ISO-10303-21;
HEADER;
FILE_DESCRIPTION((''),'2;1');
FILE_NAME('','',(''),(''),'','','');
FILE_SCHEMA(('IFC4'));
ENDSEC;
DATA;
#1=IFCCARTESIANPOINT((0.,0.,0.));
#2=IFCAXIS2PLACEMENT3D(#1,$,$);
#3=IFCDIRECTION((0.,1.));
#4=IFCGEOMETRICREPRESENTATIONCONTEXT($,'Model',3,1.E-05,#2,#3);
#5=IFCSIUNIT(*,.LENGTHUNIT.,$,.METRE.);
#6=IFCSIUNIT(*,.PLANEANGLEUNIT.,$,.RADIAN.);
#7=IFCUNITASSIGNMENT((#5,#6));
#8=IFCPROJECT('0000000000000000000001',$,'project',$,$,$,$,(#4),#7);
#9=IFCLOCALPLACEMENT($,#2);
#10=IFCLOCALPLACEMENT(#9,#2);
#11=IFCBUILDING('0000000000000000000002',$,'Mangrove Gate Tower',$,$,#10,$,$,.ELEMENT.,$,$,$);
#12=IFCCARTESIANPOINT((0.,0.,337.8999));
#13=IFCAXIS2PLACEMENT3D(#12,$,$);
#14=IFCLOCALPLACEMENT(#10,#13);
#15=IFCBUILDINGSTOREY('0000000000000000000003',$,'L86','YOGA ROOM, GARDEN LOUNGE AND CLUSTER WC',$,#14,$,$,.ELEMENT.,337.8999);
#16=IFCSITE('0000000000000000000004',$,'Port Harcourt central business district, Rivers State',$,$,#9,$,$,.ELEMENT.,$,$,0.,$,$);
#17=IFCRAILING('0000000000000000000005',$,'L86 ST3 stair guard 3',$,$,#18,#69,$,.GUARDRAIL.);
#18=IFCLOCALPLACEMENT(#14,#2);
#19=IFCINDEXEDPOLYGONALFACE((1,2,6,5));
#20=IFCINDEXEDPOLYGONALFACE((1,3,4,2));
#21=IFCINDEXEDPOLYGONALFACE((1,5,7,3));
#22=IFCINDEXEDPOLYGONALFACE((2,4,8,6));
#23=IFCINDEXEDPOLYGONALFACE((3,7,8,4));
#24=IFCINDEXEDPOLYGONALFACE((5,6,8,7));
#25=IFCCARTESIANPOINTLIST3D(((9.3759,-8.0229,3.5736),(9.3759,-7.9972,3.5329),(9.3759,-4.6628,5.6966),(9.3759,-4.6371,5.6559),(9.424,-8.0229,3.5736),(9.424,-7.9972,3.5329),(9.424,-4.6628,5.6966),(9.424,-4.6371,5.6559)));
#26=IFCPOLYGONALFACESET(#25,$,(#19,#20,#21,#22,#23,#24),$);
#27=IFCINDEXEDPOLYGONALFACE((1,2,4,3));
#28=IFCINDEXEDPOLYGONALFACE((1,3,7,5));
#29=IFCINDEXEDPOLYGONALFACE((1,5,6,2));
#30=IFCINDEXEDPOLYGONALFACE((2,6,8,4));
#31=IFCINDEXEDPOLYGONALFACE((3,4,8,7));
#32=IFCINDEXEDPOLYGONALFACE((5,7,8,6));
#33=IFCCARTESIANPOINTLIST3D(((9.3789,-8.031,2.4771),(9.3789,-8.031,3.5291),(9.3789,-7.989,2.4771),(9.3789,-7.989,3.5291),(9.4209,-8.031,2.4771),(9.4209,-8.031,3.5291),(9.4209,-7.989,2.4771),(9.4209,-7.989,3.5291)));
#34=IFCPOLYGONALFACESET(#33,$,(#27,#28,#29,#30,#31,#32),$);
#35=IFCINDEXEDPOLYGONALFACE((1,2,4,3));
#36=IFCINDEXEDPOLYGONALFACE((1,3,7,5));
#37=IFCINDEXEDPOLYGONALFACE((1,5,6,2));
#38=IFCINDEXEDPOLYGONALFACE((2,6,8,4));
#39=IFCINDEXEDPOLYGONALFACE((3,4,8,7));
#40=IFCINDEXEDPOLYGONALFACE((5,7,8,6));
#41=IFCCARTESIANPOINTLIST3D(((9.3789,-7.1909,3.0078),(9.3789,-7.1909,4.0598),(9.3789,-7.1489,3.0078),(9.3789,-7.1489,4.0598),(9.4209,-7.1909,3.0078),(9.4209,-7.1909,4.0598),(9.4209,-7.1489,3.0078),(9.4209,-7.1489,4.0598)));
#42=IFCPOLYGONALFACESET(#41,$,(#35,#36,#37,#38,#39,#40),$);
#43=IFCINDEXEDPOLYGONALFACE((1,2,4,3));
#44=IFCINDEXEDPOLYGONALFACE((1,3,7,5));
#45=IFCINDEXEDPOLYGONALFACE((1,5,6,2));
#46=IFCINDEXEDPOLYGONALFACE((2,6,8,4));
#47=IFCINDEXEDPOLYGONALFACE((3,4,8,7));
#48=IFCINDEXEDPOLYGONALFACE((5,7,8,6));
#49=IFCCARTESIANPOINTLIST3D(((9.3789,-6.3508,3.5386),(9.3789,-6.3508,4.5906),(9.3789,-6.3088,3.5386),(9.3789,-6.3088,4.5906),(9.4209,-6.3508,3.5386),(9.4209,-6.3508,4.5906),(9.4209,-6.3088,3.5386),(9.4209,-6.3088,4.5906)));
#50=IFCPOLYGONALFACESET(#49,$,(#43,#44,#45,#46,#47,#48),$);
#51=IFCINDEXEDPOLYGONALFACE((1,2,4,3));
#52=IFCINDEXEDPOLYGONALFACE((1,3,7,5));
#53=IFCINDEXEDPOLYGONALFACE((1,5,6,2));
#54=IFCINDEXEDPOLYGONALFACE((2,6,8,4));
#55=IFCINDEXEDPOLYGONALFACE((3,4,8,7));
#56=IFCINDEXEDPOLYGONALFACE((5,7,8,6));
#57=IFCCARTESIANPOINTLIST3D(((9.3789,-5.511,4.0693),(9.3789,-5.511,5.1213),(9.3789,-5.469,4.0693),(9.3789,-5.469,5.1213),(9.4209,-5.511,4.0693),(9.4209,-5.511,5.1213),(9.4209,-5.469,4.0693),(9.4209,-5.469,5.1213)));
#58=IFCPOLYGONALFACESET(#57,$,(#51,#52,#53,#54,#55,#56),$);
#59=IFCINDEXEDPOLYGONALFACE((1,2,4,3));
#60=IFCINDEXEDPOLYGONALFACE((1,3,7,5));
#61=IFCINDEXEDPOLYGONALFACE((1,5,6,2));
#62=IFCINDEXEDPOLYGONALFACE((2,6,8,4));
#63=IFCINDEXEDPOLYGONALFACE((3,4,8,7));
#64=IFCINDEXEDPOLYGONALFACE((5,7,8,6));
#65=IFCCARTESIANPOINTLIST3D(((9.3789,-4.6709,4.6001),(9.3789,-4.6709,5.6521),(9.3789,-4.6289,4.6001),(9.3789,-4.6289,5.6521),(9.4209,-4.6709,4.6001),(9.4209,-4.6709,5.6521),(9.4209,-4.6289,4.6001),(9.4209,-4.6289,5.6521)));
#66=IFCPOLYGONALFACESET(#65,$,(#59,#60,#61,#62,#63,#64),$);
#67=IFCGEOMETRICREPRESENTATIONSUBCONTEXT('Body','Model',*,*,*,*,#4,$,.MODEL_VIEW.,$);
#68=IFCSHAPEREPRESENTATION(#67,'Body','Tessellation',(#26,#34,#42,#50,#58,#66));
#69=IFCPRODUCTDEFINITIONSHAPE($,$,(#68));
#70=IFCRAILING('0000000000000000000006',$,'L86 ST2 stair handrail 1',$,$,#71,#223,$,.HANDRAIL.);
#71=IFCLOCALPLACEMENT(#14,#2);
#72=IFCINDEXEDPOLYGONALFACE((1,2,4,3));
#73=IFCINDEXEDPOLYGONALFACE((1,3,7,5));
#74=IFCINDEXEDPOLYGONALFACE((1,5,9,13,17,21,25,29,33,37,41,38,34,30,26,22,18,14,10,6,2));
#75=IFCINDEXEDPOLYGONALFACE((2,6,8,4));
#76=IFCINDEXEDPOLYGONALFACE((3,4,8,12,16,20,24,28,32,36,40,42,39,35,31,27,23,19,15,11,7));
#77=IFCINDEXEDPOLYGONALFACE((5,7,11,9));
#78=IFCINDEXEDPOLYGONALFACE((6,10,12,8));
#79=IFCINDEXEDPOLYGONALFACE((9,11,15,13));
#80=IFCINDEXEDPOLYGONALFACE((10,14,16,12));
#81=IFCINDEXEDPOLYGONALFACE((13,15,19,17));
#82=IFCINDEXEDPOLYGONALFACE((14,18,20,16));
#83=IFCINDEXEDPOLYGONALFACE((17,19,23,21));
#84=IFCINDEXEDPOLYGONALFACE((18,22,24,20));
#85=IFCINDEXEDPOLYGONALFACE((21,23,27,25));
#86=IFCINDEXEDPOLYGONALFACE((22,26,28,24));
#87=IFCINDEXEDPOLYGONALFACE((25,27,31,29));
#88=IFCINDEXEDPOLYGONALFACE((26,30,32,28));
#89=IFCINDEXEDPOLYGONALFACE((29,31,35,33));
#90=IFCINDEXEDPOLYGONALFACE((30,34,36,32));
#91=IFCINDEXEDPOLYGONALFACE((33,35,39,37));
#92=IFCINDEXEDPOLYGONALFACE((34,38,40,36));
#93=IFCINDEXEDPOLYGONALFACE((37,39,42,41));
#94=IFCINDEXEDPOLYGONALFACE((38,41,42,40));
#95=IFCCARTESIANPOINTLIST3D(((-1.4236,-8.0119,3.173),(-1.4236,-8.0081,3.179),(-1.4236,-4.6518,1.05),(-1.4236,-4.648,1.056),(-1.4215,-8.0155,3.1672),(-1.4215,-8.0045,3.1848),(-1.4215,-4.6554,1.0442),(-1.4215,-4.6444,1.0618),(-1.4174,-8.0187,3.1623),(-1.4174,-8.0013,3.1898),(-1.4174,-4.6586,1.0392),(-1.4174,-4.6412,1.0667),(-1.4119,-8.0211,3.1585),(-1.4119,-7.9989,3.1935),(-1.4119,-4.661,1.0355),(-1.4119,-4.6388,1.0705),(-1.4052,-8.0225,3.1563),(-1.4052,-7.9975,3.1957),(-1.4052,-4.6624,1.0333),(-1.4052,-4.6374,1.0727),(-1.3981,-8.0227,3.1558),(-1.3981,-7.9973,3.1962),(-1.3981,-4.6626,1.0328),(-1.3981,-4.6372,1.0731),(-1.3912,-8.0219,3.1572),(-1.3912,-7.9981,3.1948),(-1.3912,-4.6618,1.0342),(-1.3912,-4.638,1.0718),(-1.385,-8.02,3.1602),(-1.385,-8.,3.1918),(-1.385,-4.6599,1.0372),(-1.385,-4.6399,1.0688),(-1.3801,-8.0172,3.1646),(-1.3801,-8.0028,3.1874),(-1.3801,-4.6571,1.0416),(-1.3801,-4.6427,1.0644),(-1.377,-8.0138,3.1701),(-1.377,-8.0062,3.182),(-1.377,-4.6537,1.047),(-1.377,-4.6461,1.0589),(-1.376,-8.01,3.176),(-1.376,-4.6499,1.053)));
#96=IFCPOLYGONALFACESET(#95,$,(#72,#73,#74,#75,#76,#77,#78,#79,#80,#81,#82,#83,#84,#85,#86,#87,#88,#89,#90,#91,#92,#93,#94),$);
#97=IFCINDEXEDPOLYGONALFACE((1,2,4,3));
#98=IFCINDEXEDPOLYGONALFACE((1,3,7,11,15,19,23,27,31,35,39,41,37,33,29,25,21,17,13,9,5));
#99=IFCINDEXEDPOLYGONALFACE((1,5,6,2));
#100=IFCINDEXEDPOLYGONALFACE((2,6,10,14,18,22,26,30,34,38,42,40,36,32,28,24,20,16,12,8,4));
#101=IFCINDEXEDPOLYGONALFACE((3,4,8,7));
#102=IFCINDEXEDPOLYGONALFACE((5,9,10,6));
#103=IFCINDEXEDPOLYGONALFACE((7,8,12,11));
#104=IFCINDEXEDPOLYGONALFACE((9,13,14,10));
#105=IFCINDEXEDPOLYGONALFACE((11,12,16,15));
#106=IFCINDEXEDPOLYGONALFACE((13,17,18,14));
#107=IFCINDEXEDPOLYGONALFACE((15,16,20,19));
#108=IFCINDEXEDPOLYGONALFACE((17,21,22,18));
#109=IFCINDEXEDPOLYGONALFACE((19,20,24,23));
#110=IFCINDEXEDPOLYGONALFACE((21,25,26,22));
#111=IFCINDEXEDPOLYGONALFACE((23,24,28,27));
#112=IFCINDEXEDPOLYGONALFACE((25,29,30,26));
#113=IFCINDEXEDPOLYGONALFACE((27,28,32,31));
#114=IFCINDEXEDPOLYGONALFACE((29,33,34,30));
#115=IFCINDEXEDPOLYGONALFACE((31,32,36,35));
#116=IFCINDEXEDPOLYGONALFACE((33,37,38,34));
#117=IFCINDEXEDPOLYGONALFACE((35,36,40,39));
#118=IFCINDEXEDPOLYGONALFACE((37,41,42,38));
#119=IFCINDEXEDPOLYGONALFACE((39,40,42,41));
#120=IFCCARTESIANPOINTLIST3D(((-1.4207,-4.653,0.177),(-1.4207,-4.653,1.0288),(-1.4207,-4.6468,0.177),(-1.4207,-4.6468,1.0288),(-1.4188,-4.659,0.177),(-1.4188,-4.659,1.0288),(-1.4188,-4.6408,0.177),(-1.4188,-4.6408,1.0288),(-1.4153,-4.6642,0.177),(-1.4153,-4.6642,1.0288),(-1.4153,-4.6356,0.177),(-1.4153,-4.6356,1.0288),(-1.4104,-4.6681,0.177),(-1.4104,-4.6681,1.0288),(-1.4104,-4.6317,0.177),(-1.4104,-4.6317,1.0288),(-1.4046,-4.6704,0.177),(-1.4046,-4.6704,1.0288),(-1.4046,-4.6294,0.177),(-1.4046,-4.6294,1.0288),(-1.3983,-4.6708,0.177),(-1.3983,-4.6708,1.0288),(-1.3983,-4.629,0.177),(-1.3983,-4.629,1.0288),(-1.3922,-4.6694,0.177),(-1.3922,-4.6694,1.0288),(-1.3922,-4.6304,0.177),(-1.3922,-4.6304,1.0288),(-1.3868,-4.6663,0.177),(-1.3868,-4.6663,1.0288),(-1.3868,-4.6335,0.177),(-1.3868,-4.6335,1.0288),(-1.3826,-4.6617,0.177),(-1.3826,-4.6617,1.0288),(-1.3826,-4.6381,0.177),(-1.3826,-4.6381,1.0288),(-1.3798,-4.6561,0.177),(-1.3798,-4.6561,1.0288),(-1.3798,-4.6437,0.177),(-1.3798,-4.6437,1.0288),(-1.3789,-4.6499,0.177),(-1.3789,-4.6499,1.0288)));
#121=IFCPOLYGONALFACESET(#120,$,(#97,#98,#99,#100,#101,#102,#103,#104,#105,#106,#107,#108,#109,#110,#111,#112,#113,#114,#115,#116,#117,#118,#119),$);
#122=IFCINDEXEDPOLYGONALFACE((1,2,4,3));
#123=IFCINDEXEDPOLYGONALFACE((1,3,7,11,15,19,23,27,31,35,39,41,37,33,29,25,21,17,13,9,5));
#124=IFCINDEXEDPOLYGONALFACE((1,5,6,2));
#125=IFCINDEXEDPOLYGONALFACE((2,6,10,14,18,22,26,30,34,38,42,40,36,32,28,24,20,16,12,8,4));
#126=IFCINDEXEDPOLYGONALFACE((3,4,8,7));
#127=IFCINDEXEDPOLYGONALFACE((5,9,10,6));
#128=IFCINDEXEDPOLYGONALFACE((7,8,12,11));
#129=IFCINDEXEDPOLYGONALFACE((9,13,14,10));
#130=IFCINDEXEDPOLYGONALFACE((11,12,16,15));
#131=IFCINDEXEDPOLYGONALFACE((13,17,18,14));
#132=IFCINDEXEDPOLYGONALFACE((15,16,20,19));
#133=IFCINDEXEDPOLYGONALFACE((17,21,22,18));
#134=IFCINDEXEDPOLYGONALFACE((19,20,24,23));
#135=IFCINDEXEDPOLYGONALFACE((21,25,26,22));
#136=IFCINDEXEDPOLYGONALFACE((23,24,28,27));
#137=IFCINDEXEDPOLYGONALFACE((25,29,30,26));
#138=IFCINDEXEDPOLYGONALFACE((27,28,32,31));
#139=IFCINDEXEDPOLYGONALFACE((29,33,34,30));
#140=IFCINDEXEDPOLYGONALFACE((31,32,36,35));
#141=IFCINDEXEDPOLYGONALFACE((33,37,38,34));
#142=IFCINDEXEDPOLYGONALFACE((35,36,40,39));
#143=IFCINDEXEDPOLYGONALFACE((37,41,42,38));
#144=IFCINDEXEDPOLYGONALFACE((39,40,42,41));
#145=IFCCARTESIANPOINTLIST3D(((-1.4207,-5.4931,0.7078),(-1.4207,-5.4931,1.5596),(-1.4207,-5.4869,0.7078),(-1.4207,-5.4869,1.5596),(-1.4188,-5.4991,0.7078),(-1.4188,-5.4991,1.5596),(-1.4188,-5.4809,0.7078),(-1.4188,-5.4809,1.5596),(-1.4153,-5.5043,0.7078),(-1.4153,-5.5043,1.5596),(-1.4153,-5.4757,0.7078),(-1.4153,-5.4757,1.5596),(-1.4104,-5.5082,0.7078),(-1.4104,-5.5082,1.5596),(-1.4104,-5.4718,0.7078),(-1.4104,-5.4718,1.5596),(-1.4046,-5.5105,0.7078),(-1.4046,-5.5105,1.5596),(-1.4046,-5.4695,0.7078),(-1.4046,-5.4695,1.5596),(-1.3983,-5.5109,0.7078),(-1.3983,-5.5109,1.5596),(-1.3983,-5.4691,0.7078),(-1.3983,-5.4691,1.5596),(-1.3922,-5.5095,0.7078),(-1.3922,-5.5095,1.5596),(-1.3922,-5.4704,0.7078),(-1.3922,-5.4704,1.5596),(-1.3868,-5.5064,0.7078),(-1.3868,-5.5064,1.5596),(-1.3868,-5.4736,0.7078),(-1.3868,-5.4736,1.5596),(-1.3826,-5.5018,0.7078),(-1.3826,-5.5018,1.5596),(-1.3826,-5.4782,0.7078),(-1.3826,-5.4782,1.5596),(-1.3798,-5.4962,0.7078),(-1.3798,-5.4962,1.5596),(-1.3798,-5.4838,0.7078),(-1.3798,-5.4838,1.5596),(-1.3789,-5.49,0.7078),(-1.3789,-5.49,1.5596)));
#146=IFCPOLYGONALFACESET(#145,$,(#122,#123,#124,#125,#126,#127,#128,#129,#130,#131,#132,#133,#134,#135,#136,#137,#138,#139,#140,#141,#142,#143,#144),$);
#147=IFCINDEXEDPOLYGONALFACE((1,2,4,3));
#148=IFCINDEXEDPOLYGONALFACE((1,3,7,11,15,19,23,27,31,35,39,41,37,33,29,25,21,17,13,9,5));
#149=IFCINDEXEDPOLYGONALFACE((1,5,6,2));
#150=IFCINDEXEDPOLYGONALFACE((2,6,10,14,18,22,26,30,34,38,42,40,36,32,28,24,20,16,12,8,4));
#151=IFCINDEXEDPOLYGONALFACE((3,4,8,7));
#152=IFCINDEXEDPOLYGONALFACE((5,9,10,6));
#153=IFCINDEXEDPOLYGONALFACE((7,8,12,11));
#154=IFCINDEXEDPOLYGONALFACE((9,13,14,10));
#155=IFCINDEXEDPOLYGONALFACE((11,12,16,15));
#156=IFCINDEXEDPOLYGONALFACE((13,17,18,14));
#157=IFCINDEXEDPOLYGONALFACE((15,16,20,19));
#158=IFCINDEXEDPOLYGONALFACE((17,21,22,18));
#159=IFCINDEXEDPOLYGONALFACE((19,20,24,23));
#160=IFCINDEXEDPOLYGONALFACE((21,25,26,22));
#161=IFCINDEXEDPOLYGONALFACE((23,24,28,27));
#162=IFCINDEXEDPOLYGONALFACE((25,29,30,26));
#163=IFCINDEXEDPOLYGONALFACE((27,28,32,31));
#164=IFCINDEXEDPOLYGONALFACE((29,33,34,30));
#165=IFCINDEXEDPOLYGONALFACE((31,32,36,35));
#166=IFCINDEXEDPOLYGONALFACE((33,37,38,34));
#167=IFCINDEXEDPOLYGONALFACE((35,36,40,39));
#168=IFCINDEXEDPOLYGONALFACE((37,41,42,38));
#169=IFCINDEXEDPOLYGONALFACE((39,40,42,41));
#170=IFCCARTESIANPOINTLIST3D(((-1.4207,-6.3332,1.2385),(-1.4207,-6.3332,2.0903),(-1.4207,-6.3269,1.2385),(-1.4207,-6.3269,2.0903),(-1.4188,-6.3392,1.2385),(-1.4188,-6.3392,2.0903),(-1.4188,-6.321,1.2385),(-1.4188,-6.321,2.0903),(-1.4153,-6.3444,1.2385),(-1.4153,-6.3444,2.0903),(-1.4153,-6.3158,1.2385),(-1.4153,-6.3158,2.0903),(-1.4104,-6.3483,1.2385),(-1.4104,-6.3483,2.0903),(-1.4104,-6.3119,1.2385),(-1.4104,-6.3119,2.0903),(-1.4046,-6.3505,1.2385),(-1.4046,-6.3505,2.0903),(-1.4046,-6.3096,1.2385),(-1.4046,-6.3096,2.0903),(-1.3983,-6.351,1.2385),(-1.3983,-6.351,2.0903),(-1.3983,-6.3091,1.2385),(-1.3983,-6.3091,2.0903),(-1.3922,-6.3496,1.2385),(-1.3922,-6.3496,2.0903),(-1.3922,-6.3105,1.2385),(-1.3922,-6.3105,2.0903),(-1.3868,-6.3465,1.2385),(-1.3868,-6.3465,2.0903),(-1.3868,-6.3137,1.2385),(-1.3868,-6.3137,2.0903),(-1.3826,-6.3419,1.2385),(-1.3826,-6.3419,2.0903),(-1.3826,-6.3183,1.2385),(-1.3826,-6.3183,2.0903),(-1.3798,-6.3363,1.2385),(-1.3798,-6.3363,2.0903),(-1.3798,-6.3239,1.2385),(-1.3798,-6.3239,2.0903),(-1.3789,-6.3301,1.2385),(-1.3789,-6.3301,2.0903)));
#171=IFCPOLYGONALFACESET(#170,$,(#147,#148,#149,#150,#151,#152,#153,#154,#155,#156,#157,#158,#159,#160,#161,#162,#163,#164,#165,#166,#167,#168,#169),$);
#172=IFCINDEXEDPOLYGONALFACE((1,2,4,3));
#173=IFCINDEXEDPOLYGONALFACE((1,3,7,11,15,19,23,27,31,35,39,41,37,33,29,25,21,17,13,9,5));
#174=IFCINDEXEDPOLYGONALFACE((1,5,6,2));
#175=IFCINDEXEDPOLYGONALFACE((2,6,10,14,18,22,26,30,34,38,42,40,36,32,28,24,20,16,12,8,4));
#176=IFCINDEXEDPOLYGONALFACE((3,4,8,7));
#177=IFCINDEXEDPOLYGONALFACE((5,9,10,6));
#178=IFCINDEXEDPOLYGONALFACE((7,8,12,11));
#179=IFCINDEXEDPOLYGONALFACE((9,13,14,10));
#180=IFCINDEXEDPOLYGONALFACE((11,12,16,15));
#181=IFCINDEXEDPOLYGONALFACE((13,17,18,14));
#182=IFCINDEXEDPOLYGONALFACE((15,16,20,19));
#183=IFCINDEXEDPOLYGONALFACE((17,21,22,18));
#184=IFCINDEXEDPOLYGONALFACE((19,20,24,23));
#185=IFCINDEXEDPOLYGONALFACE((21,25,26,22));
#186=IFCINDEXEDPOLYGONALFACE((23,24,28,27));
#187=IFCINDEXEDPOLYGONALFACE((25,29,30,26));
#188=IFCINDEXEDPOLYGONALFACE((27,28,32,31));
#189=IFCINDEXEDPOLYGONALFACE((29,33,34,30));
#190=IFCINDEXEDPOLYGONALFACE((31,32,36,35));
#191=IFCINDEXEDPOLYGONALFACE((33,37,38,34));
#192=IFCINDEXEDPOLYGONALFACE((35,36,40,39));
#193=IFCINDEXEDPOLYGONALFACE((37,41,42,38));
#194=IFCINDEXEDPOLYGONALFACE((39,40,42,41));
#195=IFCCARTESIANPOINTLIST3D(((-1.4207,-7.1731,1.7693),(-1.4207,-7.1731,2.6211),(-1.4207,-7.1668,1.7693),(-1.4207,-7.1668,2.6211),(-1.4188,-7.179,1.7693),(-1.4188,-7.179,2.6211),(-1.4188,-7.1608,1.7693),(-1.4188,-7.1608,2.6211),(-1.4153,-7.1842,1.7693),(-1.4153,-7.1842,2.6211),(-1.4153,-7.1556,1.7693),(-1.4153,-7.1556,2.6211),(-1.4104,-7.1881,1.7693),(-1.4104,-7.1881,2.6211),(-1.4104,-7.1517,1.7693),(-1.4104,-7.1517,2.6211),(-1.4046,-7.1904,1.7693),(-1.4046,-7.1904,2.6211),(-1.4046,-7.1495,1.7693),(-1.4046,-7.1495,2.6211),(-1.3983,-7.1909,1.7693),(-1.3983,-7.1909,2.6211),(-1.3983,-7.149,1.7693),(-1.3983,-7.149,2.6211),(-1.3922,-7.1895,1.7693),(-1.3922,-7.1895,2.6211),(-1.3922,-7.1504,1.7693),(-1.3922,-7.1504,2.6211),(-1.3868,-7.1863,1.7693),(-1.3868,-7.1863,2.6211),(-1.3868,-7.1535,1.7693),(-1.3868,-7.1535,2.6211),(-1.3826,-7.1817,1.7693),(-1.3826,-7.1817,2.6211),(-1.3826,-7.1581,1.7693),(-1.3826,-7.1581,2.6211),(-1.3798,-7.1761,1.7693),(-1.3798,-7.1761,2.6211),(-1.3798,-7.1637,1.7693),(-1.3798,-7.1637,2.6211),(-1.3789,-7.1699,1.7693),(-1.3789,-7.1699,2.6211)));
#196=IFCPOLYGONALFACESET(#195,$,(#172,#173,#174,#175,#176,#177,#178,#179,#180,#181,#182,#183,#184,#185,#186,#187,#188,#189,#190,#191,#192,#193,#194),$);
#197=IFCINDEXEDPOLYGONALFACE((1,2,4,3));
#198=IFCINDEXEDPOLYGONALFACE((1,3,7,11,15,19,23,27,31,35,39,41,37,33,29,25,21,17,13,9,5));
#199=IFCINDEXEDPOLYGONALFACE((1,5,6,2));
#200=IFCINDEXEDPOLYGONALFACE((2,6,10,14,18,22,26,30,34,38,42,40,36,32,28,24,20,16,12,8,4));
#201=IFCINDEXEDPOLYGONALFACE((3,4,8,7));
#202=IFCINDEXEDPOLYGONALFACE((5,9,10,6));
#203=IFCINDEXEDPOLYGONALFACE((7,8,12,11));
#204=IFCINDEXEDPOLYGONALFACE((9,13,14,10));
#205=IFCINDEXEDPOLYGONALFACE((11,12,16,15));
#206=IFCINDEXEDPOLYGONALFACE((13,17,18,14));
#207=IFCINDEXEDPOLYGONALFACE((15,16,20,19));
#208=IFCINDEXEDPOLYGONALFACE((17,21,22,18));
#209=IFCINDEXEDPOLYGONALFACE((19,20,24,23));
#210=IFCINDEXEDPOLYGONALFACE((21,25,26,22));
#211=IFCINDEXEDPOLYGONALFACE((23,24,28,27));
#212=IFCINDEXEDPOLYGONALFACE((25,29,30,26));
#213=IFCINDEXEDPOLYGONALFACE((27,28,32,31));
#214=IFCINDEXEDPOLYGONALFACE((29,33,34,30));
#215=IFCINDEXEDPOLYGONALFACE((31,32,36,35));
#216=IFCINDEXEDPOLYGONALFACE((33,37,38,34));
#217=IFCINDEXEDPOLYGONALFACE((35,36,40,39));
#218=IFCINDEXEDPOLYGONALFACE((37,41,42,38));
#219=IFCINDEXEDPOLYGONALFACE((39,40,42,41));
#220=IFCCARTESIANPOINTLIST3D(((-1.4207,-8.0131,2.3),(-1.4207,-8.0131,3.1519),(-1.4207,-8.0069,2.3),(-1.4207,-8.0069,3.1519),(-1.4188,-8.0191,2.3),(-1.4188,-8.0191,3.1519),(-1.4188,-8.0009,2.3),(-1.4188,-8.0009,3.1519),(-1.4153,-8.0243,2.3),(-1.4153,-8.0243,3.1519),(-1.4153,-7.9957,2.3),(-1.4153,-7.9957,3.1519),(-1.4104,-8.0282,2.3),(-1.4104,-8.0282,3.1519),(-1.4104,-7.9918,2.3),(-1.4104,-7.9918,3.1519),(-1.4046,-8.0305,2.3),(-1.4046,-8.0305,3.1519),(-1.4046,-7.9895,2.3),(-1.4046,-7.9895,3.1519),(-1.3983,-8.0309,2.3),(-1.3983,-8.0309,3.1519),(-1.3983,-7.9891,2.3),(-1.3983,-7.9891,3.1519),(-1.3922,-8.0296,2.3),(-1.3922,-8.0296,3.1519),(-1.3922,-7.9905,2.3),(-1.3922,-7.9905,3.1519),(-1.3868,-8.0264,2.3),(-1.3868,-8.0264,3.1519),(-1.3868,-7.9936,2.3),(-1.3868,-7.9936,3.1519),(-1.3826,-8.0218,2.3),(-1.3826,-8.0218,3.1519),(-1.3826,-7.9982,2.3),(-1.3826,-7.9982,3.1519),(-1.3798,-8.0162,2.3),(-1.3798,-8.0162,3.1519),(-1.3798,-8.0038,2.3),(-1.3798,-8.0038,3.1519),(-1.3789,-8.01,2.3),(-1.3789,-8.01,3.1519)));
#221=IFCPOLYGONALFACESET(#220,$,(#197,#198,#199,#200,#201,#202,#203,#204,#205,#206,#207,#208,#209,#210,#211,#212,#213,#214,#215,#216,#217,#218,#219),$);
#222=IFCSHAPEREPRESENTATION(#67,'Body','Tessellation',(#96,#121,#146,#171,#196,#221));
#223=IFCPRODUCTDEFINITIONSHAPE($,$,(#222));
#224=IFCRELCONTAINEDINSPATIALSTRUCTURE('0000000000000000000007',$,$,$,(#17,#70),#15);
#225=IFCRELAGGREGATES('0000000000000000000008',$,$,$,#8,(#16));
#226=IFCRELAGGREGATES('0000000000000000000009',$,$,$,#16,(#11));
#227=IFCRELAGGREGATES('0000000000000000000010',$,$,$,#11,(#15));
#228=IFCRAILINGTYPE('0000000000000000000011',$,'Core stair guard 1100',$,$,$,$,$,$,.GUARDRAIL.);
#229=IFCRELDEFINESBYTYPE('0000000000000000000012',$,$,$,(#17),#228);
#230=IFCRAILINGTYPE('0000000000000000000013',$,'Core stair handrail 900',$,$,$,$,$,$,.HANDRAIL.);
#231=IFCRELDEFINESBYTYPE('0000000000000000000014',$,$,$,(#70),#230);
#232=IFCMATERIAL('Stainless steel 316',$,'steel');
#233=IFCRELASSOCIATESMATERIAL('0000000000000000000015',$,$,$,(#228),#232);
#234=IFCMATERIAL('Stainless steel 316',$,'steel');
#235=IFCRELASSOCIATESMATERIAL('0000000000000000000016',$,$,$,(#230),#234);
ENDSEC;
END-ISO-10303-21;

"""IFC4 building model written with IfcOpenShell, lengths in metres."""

from ifc_helpers import new_model, si_unit, direction, frame, origin, origin_2d, place, context, subcontext, project, spatial, rectangle, circle, extrude, material, type_object, element, save


model = new_model("IFC4")

# Units and contexts
model_context = context("Model", 3, precision=1e-05, world=origin(), true_north=direction((0.0, 1.0)))
body_context = subcontext(model_context, "Body", "Model", "MODEL_VIEW")
ifc_project = project(units=[si_unit("LENGTHUNIT", "METRE"), si_unit("PLANEANGLEUNIT", "RADIAN")], contexts=[model_context])

# Site, building, storey
site_placement = place(None, origin())
site = spatial("IfcSite", under=ifc_project, at=site_placement, Name="Port Harcourt central business district, Rivers State", CompositionType="ELEMENT", RefElevation=0.0)
building_placement = place(site_placement, origin())
building = spatial("IfcBuilding", under=site, at=building_placement, Name="Mangrove Gate Tower", CompositionType="ELEMENT")
storey_placement = place(building_placement, frame((0.0, 0.0, 337.8999)))
storey = spatial("IfcBuildingStorey", under=building, at=storey_placement, Name="L86", Description="YOGA ROOM, GARDEN LOUNGE AND CLUSTER WC", CompositionType="ELEMENT", Elevation=337.8999)

# Railings
ifc_material_1 = material(Name="Stainless steel 316", Category="steel")
railing_type_1 = type_object("IfcRailingType", Name="Core stair guard 1100", PredefinedType="GUARDRAIL", material=ifc_material_1)
railing_1_placement = place(storey_placement, frame((9.3999, -8.01, 2.4771)))
element("IfcRailing", 1, at=railing_1_placement, inside=storey, type_object=railing_type_1, Name="L86 ST3 stair guard 3", PredefinedType="GUARDRAIL", context=body_context, shape_type="SweptSolid", body=[
    extrude(rectangle(XDim=0.0481, YDim=0.0481, at=origin_2d()), frame((0.0, 0.0, 1.0762), z_axis=(0.0, 0.84539, 0.53415), x_axis=(-1.0, 0.0, 0.0)), (0.0, 0.0, 1.0), 3.9746),
    extrude(rectangle(XDim=0.042, YDim=0.042, at=origin_2d()), origin(), (0.0, 0.0, 1.0), 1.052),
    extrude(rectangle(XDim=0.042, YDim=0.042, at=origin_2d()), frame((0.0, 0.8401, 0.5308)), (0.0, 0.0, 1.0), 1.052),
    extrude(rectangle(XDim=0.042, YDim=0.042, at=origin_2d()), frame((0.0, 1.6802, 1.0615)), (0.0, 0.0, 1.0), 1.052),
    extrude(rectangle(XDim=0.042, YDim=0.042, at=origin_2d()), frame((0.0, 2.52, 1.5923)), (0.0, 0.0, 1.0), 1.052),
    extrude(rectangle(XDim=0.042, YDim=0.042, at=origin_2d()), frame((0.0, 3.3601, 2.123)), (0.0, 0.0, 1.0), 1.052),
])
ifc_material_2 = material(Name="Stainless steel 316", Category="steel")
railing_type_2 = type_object("IfcRailingType", Name="Core stair handrail 900", PredefinedType="HANDRAIL", material=ifc_material_2)
railing_2_placement = place(storey_placement, frame((-1.3999, -4.6499, 0.177)))
element("IfcRailing", 2, at=railing_2_placement, inside=storey, type_object=railing_type_2, Name="L86 ST2 stair handrail 1", PredefinedType="HANDRAIL", context=body_context, shape_type="SweptSolid", body=[
    extrude(circle(Radius=0.0239, at=origin_2d()), frame((0.0, 0.0, 0.876), z_axis=(0.0, -0.84539, 0.53415), x_axis=(1.0, 0.0, 0.0)), (0.0, 0.0, 1.0), 3.9746),
    extrude(circle(Radius=0.021, at=origin_2d()), origin(), (0.0, 0.0, 1.0), 0.8518),
    extrude(circle(Radius=0.021, at=origin_2d()), frame((0.0, -0.8401, 0.5308)), (0.0, 0.0, 1.0), 0.8518),
    extrude(circle(Radius=0.021, at=origin_2d()), frame((0.0, -1.6802, 1.0615)), (0.0, 0.0, 1.0), 0.8518),
    extrude(circle(Radius=0.021, at=origin_2d()), frame((0.0, -2.52, 1.5923)), (0.0, 0.0, 1.0), 0.8518),
    extrude(circle(Radius=0.021, at=origin_2d()), frame((0.0, -3.3601, 2.123)), (0.0, 0.0, 1.0), 0.8518),
])

save(model, "model.ifc")
